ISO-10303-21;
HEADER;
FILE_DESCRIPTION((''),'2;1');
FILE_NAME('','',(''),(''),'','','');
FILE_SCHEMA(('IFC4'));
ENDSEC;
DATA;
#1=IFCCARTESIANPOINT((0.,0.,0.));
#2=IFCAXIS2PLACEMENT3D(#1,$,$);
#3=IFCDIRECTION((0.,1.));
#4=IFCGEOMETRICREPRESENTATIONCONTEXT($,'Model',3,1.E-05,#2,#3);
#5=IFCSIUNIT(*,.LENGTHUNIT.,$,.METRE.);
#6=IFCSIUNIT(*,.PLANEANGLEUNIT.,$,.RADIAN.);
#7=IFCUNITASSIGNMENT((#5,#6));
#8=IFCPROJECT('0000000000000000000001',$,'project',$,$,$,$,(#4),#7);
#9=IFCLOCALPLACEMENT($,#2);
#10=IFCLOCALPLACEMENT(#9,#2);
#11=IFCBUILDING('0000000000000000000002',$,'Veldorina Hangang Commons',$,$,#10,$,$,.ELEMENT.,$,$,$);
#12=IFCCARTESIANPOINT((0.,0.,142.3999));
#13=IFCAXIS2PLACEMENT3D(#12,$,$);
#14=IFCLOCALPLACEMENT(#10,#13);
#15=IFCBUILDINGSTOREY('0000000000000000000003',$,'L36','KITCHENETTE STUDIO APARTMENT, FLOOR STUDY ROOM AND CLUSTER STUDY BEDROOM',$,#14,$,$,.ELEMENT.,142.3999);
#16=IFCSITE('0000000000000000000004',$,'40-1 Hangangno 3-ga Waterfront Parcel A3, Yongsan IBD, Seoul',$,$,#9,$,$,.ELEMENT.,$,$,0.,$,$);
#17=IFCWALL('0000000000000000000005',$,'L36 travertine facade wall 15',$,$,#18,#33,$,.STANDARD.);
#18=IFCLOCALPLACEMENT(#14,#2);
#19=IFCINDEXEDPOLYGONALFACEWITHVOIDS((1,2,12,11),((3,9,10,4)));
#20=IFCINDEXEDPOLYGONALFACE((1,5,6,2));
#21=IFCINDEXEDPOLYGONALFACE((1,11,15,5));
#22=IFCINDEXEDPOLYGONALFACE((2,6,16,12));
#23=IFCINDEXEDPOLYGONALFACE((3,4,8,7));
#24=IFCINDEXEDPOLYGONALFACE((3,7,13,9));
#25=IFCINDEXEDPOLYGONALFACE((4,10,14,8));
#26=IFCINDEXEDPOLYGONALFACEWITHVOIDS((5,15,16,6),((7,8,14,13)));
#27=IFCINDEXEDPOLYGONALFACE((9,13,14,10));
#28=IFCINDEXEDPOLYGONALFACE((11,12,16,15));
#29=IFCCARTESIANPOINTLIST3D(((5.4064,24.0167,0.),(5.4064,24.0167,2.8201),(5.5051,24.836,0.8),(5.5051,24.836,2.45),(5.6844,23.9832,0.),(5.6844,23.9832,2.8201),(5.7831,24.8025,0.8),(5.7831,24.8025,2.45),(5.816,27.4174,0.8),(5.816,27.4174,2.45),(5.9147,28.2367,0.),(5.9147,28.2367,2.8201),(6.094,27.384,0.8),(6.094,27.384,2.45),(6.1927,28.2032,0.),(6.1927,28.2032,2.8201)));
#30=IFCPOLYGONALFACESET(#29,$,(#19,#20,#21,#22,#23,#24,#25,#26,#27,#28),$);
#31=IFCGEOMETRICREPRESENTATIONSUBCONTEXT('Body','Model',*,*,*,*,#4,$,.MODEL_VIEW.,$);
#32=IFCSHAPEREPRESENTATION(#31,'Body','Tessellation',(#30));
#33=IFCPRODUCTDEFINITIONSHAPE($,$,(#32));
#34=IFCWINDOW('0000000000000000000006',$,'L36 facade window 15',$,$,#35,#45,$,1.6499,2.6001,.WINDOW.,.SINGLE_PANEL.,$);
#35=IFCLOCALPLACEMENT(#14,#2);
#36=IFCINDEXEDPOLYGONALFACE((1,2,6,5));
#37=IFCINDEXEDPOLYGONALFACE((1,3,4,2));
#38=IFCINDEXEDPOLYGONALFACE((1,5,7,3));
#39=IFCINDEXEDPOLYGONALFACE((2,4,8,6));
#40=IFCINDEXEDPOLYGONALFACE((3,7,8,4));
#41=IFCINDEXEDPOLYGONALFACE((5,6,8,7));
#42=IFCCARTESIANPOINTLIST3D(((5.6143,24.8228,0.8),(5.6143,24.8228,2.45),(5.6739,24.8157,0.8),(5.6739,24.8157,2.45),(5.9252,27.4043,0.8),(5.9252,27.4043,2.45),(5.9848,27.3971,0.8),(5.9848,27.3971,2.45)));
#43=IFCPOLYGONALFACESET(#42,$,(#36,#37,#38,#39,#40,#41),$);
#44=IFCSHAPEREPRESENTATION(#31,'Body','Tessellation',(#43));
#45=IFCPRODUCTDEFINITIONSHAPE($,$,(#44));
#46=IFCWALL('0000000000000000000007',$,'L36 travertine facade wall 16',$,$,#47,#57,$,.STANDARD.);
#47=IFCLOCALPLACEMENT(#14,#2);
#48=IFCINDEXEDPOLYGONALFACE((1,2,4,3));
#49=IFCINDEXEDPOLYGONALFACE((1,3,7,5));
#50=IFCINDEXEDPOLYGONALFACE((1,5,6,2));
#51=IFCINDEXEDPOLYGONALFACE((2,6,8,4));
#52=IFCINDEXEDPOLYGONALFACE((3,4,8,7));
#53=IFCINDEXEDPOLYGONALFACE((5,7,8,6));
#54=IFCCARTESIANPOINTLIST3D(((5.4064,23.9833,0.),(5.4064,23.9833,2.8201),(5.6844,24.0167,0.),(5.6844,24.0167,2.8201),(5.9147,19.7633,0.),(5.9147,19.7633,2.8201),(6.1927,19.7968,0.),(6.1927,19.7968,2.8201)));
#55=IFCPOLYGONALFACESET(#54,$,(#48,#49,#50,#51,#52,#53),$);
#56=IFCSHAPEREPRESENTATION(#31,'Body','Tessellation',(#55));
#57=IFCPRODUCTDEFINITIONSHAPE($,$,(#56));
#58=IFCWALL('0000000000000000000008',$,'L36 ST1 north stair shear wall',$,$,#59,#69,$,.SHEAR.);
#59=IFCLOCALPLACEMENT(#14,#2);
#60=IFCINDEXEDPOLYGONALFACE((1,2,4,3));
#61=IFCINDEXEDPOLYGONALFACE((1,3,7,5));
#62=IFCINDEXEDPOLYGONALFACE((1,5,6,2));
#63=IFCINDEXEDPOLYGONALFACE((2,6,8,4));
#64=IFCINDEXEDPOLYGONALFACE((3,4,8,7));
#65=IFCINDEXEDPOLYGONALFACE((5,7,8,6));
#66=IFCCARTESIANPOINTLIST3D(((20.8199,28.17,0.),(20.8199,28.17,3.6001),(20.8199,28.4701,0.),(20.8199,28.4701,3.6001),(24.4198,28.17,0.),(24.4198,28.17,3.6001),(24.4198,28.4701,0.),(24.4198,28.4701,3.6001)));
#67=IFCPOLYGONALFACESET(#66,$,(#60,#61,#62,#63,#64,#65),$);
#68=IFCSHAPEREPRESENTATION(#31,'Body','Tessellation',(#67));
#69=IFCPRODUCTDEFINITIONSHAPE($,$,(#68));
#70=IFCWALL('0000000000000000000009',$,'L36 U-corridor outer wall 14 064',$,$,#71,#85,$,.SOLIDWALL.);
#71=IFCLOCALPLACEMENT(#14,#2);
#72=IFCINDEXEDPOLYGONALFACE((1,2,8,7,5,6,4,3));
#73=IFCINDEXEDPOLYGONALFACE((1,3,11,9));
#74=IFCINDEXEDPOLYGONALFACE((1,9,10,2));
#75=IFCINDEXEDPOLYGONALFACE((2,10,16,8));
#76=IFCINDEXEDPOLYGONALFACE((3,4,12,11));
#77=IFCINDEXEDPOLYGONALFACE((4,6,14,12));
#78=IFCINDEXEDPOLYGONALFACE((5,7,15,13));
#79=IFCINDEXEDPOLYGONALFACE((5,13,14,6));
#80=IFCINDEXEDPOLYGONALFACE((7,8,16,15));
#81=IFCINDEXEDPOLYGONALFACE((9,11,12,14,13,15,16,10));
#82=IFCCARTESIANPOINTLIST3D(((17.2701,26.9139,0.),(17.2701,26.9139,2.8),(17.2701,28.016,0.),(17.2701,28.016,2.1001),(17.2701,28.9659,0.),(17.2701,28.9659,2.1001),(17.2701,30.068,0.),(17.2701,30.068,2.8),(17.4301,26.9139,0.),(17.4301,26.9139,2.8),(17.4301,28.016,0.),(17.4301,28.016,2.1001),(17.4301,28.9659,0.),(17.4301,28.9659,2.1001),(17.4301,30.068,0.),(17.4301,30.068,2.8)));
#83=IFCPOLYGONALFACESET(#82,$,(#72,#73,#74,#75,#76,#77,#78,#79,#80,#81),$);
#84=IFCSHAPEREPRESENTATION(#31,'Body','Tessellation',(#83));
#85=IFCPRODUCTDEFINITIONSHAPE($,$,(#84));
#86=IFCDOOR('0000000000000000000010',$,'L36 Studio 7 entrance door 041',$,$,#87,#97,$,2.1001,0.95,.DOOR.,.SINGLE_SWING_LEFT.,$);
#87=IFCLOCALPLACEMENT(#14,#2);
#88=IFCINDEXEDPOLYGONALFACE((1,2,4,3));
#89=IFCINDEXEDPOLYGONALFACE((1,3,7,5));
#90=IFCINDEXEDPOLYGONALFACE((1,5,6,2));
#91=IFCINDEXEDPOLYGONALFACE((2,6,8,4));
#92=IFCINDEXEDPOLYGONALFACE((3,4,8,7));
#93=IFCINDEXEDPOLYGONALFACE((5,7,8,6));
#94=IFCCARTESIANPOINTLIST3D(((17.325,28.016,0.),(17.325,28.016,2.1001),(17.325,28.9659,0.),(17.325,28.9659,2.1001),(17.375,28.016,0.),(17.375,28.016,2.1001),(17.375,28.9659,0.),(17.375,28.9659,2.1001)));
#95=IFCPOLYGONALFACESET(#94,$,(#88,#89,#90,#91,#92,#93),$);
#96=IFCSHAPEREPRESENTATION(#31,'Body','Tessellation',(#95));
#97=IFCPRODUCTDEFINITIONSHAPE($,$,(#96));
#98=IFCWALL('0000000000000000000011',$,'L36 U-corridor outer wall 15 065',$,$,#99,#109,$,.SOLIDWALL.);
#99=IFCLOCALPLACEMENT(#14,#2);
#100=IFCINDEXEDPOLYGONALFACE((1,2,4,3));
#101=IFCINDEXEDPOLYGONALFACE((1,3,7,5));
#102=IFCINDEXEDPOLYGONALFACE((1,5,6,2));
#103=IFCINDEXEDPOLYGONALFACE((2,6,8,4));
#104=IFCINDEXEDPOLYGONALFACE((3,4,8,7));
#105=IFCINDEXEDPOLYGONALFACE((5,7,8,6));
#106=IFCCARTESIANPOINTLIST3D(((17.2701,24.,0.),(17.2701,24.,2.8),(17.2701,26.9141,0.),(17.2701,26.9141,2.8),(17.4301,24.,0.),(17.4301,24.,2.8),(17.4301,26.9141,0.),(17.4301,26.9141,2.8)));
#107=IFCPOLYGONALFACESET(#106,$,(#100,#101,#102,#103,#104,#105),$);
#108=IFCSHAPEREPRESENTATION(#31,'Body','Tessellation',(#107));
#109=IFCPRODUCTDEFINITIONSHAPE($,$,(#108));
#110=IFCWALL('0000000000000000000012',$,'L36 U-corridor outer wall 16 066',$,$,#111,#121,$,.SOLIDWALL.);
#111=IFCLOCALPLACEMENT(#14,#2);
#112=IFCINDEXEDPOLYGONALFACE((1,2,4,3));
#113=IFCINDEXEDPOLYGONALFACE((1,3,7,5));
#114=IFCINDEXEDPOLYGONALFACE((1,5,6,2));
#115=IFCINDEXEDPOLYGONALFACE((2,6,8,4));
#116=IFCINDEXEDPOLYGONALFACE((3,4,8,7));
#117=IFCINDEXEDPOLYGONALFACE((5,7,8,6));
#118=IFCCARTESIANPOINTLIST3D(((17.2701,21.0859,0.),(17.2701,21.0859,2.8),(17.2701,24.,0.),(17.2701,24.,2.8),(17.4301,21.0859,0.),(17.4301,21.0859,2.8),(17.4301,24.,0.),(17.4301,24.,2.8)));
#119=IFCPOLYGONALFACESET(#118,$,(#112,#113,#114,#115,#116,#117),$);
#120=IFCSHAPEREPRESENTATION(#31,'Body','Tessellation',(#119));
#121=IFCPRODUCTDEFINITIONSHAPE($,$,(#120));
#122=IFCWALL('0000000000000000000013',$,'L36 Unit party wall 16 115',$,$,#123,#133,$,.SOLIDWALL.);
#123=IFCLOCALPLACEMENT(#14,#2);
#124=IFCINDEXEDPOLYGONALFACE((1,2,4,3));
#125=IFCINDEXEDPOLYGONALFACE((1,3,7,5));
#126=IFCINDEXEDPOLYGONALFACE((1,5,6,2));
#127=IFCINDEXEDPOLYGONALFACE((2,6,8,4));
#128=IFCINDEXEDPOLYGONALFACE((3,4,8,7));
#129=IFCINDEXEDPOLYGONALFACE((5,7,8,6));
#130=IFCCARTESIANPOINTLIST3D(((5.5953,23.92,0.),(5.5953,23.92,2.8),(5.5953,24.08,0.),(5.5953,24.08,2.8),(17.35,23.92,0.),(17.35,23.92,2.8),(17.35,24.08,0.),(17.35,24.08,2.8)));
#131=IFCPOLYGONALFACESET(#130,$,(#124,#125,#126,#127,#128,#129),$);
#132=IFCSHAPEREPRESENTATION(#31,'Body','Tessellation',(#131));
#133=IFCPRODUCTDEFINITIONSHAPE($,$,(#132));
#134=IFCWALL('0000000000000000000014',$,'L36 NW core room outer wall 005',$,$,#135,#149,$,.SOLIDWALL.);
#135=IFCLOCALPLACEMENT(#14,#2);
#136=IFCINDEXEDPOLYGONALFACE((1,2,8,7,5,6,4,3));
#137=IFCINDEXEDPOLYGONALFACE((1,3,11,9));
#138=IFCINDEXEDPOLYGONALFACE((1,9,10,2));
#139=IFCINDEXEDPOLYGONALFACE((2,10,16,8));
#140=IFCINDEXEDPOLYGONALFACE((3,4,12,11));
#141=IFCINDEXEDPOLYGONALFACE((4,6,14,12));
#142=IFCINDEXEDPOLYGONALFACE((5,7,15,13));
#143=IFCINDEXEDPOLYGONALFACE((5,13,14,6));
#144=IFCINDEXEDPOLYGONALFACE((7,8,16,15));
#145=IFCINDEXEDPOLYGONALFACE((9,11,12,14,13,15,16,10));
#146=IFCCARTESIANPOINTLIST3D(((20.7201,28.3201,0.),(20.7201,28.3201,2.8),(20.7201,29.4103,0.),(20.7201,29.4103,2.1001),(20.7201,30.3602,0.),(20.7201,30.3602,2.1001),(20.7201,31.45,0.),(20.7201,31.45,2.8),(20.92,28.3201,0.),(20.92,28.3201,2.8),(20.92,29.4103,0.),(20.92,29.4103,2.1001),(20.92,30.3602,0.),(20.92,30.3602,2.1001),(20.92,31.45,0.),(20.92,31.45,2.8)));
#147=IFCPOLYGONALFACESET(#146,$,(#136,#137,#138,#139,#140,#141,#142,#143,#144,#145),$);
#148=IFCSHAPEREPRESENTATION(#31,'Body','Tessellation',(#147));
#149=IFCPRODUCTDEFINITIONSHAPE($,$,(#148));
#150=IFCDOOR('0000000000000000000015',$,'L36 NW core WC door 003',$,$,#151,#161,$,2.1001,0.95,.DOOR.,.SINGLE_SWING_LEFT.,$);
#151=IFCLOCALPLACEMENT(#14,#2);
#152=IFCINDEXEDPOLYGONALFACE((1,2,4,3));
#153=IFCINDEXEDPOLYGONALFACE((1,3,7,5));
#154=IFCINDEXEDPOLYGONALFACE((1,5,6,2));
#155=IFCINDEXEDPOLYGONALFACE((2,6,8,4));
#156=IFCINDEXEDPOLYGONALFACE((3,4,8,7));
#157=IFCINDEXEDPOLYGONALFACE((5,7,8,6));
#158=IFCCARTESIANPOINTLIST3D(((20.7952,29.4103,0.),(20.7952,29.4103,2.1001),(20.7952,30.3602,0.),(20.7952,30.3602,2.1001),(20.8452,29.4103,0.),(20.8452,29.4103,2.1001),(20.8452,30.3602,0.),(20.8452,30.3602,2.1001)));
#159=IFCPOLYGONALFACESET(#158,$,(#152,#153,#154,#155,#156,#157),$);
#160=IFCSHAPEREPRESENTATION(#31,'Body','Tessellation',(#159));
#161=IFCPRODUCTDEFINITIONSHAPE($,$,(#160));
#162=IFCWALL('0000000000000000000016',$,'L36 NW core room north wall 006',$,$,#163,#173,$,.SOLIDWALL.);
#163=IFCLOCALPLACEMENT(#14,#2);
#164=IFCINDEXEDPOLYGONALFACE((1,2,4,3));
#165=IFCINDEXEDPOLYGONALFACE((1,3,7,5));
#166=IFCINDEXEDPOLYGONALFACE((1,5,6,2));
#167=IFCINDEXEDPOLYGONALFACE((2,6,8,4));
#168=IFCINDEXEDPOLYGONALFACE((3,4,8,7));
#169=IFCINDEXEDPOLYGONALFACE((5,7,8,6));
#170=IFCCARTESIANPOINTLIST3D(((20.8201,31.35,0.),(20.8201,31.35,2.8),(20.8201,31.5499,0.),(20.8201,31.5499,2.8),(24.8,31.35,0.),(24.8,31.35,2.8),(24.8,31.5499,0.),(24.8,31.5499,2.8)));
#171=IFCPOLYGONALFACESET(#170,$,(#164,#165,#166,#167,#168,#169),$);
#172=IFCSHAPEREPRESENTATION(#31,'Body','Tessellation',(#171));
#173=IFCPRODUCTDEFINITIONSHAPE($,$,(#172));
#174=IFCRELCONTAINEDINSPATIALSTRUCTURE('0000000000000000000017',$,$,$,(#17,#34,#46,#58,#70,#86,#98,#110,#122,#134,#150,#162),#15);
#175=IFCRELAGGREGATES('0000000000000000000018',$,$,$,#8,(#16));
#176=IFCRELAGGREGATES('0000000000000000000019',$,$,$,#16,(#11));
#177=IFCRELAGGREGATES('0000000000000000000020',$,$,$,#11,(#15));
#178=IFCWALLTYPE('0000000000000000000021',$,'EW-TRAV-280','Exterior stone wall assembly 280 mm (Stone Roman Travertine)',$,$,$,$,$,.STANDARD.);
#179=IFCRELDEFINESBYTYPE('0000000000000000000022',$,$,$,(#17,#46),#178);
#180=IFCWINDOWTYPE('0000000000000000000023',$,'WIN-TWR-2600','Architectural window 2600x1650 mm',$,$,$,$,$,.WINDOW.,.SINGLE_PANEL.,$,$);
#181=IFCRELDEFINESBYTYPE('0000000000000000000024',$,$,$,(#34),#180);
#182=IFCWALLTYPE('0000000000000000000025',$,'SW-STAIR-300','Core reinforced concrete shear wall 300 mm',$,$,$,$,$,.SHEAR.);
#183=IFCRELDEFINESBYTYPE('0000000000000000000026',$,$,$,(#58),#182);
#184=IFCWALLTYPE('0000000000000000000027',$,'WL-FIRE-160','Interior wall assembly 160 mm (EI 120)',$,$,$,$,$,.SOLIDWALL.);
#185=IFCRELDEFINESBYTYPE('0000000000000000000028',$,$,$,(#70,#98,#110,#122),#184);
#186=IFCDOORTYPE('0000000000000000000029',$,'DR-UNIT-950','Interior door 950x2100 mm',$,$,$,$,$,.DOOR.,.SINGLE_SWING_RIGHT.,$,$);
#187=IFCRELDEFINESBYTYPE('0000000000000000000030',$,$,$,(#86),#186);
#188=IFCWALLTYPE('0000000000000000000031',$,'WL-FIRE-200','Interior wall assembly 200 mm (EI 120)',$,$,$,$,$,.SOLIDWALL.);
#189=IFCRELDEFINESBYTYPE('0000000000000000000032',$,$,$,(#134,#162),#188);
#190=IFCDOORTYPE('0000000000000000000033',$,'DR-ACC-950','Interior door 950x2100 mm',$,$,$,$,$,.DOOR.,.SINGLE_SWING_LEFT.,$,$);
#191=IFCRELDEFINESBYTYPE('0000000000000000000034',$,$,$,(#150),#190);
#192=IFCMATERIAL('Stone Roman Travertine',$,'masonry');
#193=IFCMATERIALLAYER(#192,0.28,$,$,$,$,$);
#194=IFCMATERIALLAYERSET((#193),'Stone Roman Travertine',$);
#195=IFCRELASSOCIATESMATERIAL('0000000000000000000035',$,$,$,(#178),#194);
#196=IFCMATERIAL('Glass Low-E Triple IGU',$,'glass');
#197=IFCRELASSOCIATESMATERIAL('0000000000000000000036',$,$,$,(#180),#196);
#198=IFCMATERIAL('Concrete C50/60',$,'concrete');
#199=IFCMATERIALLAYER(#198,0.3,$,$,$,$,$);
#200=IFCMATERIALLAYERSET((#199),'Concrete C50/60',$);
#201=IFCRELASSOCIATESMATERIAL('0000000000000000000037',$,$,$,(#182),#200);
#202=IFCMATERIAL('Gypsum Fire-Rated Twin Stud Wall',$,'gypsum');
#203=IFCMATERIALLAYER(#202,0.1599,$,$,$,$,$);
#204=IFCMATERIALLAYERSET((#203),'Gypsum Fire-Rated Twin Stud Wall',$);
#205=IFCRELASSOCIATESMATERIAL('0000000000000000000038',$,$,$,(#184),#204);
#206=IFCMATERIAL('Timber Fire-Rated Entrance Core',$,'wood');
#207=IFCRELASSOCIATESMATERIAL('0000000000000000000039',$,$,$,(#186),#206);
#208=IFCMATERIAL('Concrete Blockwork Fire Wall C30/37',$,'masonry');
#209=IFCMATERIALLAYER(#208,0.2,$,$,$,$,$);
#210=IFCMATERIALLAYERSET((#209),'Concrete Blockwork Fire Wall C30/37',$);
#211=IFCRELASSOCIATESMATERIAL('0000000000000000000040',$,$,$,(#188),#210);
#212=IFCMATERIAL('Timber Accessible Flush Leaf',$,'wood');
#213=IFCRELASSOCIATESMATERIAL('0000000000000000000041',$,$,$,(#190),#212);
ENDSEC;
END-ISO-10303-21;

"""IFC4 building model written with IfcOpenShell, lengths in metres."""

from ifc_helpers import new_model, si_unit, direction, frame, frame_2d, origin, place, context, subcontext, project, spatial, rectangle, extrude, material, layer, layer_set, type_object, element, fill, save


model = new_model("IFC4")

# Units and contexts
model_context = context("Model", 3, precision=1e-05, world=origin(), true_north=direction((0.0, 1.0)))
body_context = subcontext(model_context, "Body", "Model", "MODEL_VIEW")
ifc_project = project(units=[si_unit("LENGTHUNIT", "METRE"), si_unit("PLANEANGLEUNIT", "RADIAN")], contexts=[model_context])

# Site, building, storey
site_placement = place(None, origin())
site = spatial("IfcSite", under=ifc_project, at=site_placement, Name="40-1 Hangangno 3-ga Waterfront Parcel A3, Yongsan IBD, Seoul", CompositionType="ELEMENT", RefElevation=0.0)
building_placement = place(site_placement, origin())
building = spatial("IfcBuilding", under=site, at=building_placement, Name="Veldorina Hangang Commons", CompositionType="ELEMENT")
storey_placement = place(building_placement, frame((0.0, 0.0, 142.3999)))
storey = spatial("IfcBuildingStorey", under=building, at=storey_placement, Name="L36", Description="KITCHENETTE STUDIO APARTMENT, FLOOR STUDY ROOM AND CLUSTER STUDY BEDROOM", CompositionType="ELEMENT", Elevation=142.3999)

# Shared definitions
ifc_material_1 = material(Name="Stone Roman Travertine", Category="masonry")
ifc_layer_1 = layer(ifc_material_1, 0.28)
ifc_layer_set_1 = layer_set([ifc_layer_1], Name="Stone Roman Travertine")
wall_type_1 = type_object("IfcWallType", Name="EW-TRAV-280", Description="Exterior stone wall assembly 280 mm (Stone Roman Travertine)", PredefinedType="STANDARD", material=ifc_layer_set_1)

# Wall, opening, window
wall_1_placement = place(storey_placement, frame((6.0537, 28.22, 0.0), z_axis=(0.0, 0.0, 1.0), x_axis=(-0.119587, -0.992824, 0.0)))
wall_1 = element("IfcWall", 1, at=wall_1_placement, inside=storey, type_object=wall_type_1, Name="L36 travertine facade wall 15", PredefinedType="STANDARD", context=body_context, shape_type="SweptSolid", body=[
    extrude(rectangle(XDim=4.2505, YDim=0.28, at=frame_2d((2.1252, 0.0))), origin(), (0.0, 0.0, 1.0), 2.8201),
])
opening_1_placement = place(wall_1_placement, frame((0.8252, 0.0, 0.8)))
opening_1 = element("IfcOpeningElement", 2, at=opening_1_placement, cuts=wall_1, PredefinedType="OPENING", context=body_context, shape_type="SweptSolid", body=[
    extrude(rectangle(XDim=2.6001, YDim=1.6499, at=frame_2d((1.3, 0.825))), frame((0.0, 0.1499, 0.0), z_axis=(0.0, -1.0, 0.0), x_axis=(1.0, 0.0, 0.0)), (0.0, 0.0, 1.0), 0.3),
])
ifc_material_2 = material(Name="Glass Low-E Triple IGU", Category="glass")
window_type = type_object("IfcWindowType", Name="WIN-TWR-2600", Description="Architectural window 2600x1650 mm", PartitioningType="SINGLE_PANEL", PredefinedType="WINDOW", material=ifc_material_2)
window_placement = place(opening_1_placement, origin())
window = element("IfcWindow", 3, at=window_placement, inside=storey, type_object=window_type, Name="L36 facade window 15", OverallHeight=1.6499, OverallWidth=2.6001, PartitioningType="SINGLE_PANEL", PredefinedType="WINDOW", context=body_context, shape_type="SweptSolid", body=[
    extrude(rectangle(XDim=2.6001, YDim=1.6499, at=frame_2d((1.3, 0.825))), frame((0.0, 0.03, 0.0), z_axis=(0.0, -1.0, 0.0), x_axis=(1.0, 0.0, 0.0)), (0.0, 0.0, 1.0), 0.0601),
])
fill(opening_1, window)

# Walls
wall_2_placement = place(storey_placement, frame((5.5454, 24.0, 0.0), z_axis=(0.0, 0.0, 1.0), x_axis=(0.119587, -0.992824, 0.0)))
element("IfcWall", 4, at=wall_2_placement, inside=storey, type_object=wall_type_1, Name="L36 travertine facade wall 16", PredefinedType="STANDARD", context=body_context, shape_type="SweptSolid", body=[
    extrude(rectangle(XDim=4.2505, YDim=0.28, at=frame_2d((2.1252, 0.0))), origin(), (0.0, 0.0, 1.0), 2.8201),
])
ifc_material_3 = material(Name="Concrete C50/60", Category="concrete")
ifc_layer_2 = layer(ifc_material_3, 0.3)
ifc_layer_set_2 = layer_set([ifc_layer_2], Name="Concrete C50/60")
wall_type_2 = type_object("IfcWallType", Name="SW-STAIR-300", Description="Core reinforced concrete shear wall 300 mm", PredefinedType="SHEAR", material=ifc_layer_set_2)
wall_3_placement = place(storey_placement, frame((20.8201, 28.3201, 0.0), z_axis=(0.0, 0.0, 1.0), x_axis=(1.0, 0.0, 0.0)))
element("IfcWall", 5, at=wall_3_placement, inside=storey, type_object=wall_type_2, Name="L36 ST1 north stair shear wall", PredefinedType="SHEAR", context=body_context, shape_type="SweptSolid", body=[
    extrude(rectangle(XDim=3.5999, YDim=0.3, at=frame_2d((1.7998, 0.0))), origin(), (0.0, 0.0, 1.0), 3.6001),
])

# Wall, opening, door
ifc_material_4 = material(Name="Gypsum Fire-Rated Twin Stud Wall", Category="gypsum")
ifc_layer_3 = layer(ifc_material_4, 0.1599)
ifc_layer_set_3 = layer_set([ifc_layer_3], Name="Gypsum Fire-Rated Twin Stud Wall")
wall_type_3 = type_object("IfcWallType", Name="WL-FIRE-160", Description="Interior wall assembly 160 mm (EI 120)", PredefinedType="SOLIDWALL", material=ifc_layer_set_3)
wall_4_placement = place(storey_placement, frame((17.3501, 30.0681, 0.0), z_axis=(0.0, 0.0, 1.0), x_axis=(0.0, -1.0, 0.0)))
wall_4 = element("IfcWall", 6, at=wall_4_placement, inside=storey, type_object=wall_type_3, Name="L36 U-corridor outer wall 14 064", PredefinedType="SOLIDWALL", context=body_context, shape_type="SweptSolid", body=[
    extrude(rectangle(XDim=3.1541, YDim=0.1599, at=frame_2d((1.5771, 0.0))), origin(), (0.0, 0.0, 1.0), 2.8),
])
opening_2_placement = place(wall_4_placement, frame((1.1021, 0.0, 0.0)))
opening_2 = element("IfcOpeningElement", 7, at=opening_2_placement, cuts=wall_4, PredefinedType="OPENING", context=body_context, shape_type="SweptSolid", body=[
    extrude(rectangle(XDim=0.95, YDim=2.1001, at=frame_2d((0.4751, 1.05))), frame((0.0, 0.0898, 0.0), z_axis=(0.0, -1.0, 0.0), x_axis=(1.0, 0.0, 0.0)), (0.0, 0.0, 1.0), 0.1799),
])
ifc_material_5 = material(Name="Timber Fire-Rated Entrance Core", Category="wood")
door_type_1 = type_object("IfcDoorType", Name="DR-UNIT-950", Description="Interior door 950x2100 mm", OperationType="SINGLE_SWING_RIGHT", PredefinedType="DOOR", material=ifc_material_5)
door_1_placement = place(opening_2_placement, origin())
door_1 = element("IfcDoor", 8, at=door_1_placement, inside=storey, type_object=door_type_1, Name="L36 Studio 7 entrance door 041", OperationType="SINGLE_SWING_LEFT", OverallHeight=2.1001, OverallWidth=0.95, PredefinedType="DOOR", context=body_context, shape_type="SweptSolid", body=[
    extrude(rectangle(XDim=0.95, YDim=2.1001, at=frame_2d((0.4751, 1.05))), frame((0.0, 0.0249, 0.0), z_axis=(0.0, -1.0, 0.0), x_axis=(1.0, 0.0, 0.0)), (0.0, 0.0, 1.0), 0.05),
])
fill(opening_2, door_1)

# Walls
for number, where, z_axis, x_axis, name in (
    (9, (17.3501, 26.9141, 0.0), (0.0, 0.0, 1.0), (0.0, -1.0, 0.0), "L36 U-corridor outer wall 15 065"),
    (10, (17.3501, 24.0, 0.0), (0.0, 0.0, 1.0), (0.0, -1.0, 0.0), "L36 U-corridor outer wall 16 066"),
):
    element("IfcWall", number, at=place(storey_placement, frame(where, z_axis=z_axis, x_axis=x_axis)), inside=storey, type_object=wall_type_3, Name=name, PredefinedType="SOLIDWALL", context=body_context, shape_type="SweptSolid", body=[
        extrude(rectangle(XDim=2.9141, YDim=0.1599, at=frame_2d((1.457, 0.0))), origin(), (0.0, 0.0, 1.0), 2.8),
    ])
wall_5_placement = place(storey_placement, frame((17.3501, 24.0, 0.0), z_axis=(0.0, 0.0, 1.0), x_axis=(-1.0, 0.0, 0.0)))
element("IfcWall", 11, at=wall_5_placement, inside=storey, type_object=wall_type_3, Name="L36 Unit party wall 16 115", PredefinedType="SOLIDWALL", context=body_context, shape_type="SweptSolid", body=[
    extrude(rectangle(XDim=11.7546, YDim=0.1599, at=frame_2d((5.8774, 0.0))), origin(), (0.0, 0.0, 1.0), 2.8),
])

# Wall, opening, door
ifc_material_6 = material(Name="Concrete Blockwork Fire Wall C30/37", Category="masonry")
ifc_layer_4 = layer(ifc_material_6, 0.2)
ifc_layer_set_4 = layer_set([ifc_layer_4], Name="Concrete Blockwork Fire Wall C30/37")
wall_type_4 = type_object("IfcWallType", Name="WL-FIRE-200", Description="Interior wall assembly 200 mm (EI 120)", PredefinedType="SOLIDWALL", material=ifc_layer_set_4)
wall_6_placement = place(storey_placement, frame((20.8201, 28.3201, 0.0), z_axis=(0.0, 0.0, 1.0), x_axis=(0.0, 1.0, 0.0)))
wall_6 = element("IfcWall", 12, at=wall_6_placement, inside=storey, type_object=wall_type_4, Name="L36 NW core room outer wall 005", PredefinedType="SOLIDWALL", context=body_context, shape_type="SweptSolid", body=[
    extrude(rectangle(XDim=3.1299, YDim=0.2, at=frame_2d((1.5649, 0.0))), origin(), (0.0, 0.0, 1.0), 2.8),
])
opening_3_placement = place(wall_6_placement, frame((1.0901, 0.0, 0.0)))
opening_3 = element("IfcOpeningElement", 13, at=opening_3_placement, cuts=wall_6, PredefinedType="OPENING", context=body_context, shape_type="SweptSolid", body=[
    extrude(rectangle(XDim=0.95, YDim=2.1001, at=frame_2d((0.4751, 1.05))), frame((0.0, 0.1099, 0.0), z_axis=(0.0, -1.0, 0.0), x_axis=(1.0, 0.0, 0.0)), (0.0, 0.0, 1.0), 0.22),
])
ifc_material_7 = material(Name="Timber Accessible Flush Leaf", Category="wood")
door_type_2 = type_object("IfcDoorType", Name="DR-ACC-950", Description="Interior door 950x2100 mm", OperationType="SINGLE_SWING_LEFT", PredefinedType="DOOR", material=ifc_material_7)
door_2_placement = place(opening_3_placement, origin())
door_2 = element("IfcDoor", 14, at=door_2_placement, inside=storey, type_object=door_type_2, Name="L36 NW core WC door 003", OperationType="SINGLE_SWING_LEFT", OverallHeight=2.1001, OverallWidth=0.95, PredefinedType="DOOR", context=body_context, shape_type="SweptSolid", body=[
    extrude(rectangle(XDim=0.95, YDim=2.1001, at=frame_2d((0.4751, 1.05))), frame((0.0, 0.0249, 0.0), z_axis=(0.0, -1.0, 0.0), x_axis=(1.0, 0.0, 0.0)), (0.0, 0.0, 1.0), 0.05),
])
fill(opening_3, door_2)

# Wall
wall_7_placement = place(storey_placement, frame((20.8201, 31.45, 0.0), z_axis=(0.0, 0.0, 1.0), x_axis=(1.0, 0.0, 0.0)))
element("IfcWall", 15, at=wall_7_placement, inside=storey, type_object=wall_type_4, Name="L36 NW core room north wall 006", PredefinedType="SOLIDWALL", context=body_context, shape_type="SweptSolid", body=[
    extrude(rectangle(XDim=3.98, YDim=0.2, at=frame_2d((1.99, 0.0))), origin(), (0.0, 0.0, 1.0), 2.8),
])

save(model, "model.ifc")
